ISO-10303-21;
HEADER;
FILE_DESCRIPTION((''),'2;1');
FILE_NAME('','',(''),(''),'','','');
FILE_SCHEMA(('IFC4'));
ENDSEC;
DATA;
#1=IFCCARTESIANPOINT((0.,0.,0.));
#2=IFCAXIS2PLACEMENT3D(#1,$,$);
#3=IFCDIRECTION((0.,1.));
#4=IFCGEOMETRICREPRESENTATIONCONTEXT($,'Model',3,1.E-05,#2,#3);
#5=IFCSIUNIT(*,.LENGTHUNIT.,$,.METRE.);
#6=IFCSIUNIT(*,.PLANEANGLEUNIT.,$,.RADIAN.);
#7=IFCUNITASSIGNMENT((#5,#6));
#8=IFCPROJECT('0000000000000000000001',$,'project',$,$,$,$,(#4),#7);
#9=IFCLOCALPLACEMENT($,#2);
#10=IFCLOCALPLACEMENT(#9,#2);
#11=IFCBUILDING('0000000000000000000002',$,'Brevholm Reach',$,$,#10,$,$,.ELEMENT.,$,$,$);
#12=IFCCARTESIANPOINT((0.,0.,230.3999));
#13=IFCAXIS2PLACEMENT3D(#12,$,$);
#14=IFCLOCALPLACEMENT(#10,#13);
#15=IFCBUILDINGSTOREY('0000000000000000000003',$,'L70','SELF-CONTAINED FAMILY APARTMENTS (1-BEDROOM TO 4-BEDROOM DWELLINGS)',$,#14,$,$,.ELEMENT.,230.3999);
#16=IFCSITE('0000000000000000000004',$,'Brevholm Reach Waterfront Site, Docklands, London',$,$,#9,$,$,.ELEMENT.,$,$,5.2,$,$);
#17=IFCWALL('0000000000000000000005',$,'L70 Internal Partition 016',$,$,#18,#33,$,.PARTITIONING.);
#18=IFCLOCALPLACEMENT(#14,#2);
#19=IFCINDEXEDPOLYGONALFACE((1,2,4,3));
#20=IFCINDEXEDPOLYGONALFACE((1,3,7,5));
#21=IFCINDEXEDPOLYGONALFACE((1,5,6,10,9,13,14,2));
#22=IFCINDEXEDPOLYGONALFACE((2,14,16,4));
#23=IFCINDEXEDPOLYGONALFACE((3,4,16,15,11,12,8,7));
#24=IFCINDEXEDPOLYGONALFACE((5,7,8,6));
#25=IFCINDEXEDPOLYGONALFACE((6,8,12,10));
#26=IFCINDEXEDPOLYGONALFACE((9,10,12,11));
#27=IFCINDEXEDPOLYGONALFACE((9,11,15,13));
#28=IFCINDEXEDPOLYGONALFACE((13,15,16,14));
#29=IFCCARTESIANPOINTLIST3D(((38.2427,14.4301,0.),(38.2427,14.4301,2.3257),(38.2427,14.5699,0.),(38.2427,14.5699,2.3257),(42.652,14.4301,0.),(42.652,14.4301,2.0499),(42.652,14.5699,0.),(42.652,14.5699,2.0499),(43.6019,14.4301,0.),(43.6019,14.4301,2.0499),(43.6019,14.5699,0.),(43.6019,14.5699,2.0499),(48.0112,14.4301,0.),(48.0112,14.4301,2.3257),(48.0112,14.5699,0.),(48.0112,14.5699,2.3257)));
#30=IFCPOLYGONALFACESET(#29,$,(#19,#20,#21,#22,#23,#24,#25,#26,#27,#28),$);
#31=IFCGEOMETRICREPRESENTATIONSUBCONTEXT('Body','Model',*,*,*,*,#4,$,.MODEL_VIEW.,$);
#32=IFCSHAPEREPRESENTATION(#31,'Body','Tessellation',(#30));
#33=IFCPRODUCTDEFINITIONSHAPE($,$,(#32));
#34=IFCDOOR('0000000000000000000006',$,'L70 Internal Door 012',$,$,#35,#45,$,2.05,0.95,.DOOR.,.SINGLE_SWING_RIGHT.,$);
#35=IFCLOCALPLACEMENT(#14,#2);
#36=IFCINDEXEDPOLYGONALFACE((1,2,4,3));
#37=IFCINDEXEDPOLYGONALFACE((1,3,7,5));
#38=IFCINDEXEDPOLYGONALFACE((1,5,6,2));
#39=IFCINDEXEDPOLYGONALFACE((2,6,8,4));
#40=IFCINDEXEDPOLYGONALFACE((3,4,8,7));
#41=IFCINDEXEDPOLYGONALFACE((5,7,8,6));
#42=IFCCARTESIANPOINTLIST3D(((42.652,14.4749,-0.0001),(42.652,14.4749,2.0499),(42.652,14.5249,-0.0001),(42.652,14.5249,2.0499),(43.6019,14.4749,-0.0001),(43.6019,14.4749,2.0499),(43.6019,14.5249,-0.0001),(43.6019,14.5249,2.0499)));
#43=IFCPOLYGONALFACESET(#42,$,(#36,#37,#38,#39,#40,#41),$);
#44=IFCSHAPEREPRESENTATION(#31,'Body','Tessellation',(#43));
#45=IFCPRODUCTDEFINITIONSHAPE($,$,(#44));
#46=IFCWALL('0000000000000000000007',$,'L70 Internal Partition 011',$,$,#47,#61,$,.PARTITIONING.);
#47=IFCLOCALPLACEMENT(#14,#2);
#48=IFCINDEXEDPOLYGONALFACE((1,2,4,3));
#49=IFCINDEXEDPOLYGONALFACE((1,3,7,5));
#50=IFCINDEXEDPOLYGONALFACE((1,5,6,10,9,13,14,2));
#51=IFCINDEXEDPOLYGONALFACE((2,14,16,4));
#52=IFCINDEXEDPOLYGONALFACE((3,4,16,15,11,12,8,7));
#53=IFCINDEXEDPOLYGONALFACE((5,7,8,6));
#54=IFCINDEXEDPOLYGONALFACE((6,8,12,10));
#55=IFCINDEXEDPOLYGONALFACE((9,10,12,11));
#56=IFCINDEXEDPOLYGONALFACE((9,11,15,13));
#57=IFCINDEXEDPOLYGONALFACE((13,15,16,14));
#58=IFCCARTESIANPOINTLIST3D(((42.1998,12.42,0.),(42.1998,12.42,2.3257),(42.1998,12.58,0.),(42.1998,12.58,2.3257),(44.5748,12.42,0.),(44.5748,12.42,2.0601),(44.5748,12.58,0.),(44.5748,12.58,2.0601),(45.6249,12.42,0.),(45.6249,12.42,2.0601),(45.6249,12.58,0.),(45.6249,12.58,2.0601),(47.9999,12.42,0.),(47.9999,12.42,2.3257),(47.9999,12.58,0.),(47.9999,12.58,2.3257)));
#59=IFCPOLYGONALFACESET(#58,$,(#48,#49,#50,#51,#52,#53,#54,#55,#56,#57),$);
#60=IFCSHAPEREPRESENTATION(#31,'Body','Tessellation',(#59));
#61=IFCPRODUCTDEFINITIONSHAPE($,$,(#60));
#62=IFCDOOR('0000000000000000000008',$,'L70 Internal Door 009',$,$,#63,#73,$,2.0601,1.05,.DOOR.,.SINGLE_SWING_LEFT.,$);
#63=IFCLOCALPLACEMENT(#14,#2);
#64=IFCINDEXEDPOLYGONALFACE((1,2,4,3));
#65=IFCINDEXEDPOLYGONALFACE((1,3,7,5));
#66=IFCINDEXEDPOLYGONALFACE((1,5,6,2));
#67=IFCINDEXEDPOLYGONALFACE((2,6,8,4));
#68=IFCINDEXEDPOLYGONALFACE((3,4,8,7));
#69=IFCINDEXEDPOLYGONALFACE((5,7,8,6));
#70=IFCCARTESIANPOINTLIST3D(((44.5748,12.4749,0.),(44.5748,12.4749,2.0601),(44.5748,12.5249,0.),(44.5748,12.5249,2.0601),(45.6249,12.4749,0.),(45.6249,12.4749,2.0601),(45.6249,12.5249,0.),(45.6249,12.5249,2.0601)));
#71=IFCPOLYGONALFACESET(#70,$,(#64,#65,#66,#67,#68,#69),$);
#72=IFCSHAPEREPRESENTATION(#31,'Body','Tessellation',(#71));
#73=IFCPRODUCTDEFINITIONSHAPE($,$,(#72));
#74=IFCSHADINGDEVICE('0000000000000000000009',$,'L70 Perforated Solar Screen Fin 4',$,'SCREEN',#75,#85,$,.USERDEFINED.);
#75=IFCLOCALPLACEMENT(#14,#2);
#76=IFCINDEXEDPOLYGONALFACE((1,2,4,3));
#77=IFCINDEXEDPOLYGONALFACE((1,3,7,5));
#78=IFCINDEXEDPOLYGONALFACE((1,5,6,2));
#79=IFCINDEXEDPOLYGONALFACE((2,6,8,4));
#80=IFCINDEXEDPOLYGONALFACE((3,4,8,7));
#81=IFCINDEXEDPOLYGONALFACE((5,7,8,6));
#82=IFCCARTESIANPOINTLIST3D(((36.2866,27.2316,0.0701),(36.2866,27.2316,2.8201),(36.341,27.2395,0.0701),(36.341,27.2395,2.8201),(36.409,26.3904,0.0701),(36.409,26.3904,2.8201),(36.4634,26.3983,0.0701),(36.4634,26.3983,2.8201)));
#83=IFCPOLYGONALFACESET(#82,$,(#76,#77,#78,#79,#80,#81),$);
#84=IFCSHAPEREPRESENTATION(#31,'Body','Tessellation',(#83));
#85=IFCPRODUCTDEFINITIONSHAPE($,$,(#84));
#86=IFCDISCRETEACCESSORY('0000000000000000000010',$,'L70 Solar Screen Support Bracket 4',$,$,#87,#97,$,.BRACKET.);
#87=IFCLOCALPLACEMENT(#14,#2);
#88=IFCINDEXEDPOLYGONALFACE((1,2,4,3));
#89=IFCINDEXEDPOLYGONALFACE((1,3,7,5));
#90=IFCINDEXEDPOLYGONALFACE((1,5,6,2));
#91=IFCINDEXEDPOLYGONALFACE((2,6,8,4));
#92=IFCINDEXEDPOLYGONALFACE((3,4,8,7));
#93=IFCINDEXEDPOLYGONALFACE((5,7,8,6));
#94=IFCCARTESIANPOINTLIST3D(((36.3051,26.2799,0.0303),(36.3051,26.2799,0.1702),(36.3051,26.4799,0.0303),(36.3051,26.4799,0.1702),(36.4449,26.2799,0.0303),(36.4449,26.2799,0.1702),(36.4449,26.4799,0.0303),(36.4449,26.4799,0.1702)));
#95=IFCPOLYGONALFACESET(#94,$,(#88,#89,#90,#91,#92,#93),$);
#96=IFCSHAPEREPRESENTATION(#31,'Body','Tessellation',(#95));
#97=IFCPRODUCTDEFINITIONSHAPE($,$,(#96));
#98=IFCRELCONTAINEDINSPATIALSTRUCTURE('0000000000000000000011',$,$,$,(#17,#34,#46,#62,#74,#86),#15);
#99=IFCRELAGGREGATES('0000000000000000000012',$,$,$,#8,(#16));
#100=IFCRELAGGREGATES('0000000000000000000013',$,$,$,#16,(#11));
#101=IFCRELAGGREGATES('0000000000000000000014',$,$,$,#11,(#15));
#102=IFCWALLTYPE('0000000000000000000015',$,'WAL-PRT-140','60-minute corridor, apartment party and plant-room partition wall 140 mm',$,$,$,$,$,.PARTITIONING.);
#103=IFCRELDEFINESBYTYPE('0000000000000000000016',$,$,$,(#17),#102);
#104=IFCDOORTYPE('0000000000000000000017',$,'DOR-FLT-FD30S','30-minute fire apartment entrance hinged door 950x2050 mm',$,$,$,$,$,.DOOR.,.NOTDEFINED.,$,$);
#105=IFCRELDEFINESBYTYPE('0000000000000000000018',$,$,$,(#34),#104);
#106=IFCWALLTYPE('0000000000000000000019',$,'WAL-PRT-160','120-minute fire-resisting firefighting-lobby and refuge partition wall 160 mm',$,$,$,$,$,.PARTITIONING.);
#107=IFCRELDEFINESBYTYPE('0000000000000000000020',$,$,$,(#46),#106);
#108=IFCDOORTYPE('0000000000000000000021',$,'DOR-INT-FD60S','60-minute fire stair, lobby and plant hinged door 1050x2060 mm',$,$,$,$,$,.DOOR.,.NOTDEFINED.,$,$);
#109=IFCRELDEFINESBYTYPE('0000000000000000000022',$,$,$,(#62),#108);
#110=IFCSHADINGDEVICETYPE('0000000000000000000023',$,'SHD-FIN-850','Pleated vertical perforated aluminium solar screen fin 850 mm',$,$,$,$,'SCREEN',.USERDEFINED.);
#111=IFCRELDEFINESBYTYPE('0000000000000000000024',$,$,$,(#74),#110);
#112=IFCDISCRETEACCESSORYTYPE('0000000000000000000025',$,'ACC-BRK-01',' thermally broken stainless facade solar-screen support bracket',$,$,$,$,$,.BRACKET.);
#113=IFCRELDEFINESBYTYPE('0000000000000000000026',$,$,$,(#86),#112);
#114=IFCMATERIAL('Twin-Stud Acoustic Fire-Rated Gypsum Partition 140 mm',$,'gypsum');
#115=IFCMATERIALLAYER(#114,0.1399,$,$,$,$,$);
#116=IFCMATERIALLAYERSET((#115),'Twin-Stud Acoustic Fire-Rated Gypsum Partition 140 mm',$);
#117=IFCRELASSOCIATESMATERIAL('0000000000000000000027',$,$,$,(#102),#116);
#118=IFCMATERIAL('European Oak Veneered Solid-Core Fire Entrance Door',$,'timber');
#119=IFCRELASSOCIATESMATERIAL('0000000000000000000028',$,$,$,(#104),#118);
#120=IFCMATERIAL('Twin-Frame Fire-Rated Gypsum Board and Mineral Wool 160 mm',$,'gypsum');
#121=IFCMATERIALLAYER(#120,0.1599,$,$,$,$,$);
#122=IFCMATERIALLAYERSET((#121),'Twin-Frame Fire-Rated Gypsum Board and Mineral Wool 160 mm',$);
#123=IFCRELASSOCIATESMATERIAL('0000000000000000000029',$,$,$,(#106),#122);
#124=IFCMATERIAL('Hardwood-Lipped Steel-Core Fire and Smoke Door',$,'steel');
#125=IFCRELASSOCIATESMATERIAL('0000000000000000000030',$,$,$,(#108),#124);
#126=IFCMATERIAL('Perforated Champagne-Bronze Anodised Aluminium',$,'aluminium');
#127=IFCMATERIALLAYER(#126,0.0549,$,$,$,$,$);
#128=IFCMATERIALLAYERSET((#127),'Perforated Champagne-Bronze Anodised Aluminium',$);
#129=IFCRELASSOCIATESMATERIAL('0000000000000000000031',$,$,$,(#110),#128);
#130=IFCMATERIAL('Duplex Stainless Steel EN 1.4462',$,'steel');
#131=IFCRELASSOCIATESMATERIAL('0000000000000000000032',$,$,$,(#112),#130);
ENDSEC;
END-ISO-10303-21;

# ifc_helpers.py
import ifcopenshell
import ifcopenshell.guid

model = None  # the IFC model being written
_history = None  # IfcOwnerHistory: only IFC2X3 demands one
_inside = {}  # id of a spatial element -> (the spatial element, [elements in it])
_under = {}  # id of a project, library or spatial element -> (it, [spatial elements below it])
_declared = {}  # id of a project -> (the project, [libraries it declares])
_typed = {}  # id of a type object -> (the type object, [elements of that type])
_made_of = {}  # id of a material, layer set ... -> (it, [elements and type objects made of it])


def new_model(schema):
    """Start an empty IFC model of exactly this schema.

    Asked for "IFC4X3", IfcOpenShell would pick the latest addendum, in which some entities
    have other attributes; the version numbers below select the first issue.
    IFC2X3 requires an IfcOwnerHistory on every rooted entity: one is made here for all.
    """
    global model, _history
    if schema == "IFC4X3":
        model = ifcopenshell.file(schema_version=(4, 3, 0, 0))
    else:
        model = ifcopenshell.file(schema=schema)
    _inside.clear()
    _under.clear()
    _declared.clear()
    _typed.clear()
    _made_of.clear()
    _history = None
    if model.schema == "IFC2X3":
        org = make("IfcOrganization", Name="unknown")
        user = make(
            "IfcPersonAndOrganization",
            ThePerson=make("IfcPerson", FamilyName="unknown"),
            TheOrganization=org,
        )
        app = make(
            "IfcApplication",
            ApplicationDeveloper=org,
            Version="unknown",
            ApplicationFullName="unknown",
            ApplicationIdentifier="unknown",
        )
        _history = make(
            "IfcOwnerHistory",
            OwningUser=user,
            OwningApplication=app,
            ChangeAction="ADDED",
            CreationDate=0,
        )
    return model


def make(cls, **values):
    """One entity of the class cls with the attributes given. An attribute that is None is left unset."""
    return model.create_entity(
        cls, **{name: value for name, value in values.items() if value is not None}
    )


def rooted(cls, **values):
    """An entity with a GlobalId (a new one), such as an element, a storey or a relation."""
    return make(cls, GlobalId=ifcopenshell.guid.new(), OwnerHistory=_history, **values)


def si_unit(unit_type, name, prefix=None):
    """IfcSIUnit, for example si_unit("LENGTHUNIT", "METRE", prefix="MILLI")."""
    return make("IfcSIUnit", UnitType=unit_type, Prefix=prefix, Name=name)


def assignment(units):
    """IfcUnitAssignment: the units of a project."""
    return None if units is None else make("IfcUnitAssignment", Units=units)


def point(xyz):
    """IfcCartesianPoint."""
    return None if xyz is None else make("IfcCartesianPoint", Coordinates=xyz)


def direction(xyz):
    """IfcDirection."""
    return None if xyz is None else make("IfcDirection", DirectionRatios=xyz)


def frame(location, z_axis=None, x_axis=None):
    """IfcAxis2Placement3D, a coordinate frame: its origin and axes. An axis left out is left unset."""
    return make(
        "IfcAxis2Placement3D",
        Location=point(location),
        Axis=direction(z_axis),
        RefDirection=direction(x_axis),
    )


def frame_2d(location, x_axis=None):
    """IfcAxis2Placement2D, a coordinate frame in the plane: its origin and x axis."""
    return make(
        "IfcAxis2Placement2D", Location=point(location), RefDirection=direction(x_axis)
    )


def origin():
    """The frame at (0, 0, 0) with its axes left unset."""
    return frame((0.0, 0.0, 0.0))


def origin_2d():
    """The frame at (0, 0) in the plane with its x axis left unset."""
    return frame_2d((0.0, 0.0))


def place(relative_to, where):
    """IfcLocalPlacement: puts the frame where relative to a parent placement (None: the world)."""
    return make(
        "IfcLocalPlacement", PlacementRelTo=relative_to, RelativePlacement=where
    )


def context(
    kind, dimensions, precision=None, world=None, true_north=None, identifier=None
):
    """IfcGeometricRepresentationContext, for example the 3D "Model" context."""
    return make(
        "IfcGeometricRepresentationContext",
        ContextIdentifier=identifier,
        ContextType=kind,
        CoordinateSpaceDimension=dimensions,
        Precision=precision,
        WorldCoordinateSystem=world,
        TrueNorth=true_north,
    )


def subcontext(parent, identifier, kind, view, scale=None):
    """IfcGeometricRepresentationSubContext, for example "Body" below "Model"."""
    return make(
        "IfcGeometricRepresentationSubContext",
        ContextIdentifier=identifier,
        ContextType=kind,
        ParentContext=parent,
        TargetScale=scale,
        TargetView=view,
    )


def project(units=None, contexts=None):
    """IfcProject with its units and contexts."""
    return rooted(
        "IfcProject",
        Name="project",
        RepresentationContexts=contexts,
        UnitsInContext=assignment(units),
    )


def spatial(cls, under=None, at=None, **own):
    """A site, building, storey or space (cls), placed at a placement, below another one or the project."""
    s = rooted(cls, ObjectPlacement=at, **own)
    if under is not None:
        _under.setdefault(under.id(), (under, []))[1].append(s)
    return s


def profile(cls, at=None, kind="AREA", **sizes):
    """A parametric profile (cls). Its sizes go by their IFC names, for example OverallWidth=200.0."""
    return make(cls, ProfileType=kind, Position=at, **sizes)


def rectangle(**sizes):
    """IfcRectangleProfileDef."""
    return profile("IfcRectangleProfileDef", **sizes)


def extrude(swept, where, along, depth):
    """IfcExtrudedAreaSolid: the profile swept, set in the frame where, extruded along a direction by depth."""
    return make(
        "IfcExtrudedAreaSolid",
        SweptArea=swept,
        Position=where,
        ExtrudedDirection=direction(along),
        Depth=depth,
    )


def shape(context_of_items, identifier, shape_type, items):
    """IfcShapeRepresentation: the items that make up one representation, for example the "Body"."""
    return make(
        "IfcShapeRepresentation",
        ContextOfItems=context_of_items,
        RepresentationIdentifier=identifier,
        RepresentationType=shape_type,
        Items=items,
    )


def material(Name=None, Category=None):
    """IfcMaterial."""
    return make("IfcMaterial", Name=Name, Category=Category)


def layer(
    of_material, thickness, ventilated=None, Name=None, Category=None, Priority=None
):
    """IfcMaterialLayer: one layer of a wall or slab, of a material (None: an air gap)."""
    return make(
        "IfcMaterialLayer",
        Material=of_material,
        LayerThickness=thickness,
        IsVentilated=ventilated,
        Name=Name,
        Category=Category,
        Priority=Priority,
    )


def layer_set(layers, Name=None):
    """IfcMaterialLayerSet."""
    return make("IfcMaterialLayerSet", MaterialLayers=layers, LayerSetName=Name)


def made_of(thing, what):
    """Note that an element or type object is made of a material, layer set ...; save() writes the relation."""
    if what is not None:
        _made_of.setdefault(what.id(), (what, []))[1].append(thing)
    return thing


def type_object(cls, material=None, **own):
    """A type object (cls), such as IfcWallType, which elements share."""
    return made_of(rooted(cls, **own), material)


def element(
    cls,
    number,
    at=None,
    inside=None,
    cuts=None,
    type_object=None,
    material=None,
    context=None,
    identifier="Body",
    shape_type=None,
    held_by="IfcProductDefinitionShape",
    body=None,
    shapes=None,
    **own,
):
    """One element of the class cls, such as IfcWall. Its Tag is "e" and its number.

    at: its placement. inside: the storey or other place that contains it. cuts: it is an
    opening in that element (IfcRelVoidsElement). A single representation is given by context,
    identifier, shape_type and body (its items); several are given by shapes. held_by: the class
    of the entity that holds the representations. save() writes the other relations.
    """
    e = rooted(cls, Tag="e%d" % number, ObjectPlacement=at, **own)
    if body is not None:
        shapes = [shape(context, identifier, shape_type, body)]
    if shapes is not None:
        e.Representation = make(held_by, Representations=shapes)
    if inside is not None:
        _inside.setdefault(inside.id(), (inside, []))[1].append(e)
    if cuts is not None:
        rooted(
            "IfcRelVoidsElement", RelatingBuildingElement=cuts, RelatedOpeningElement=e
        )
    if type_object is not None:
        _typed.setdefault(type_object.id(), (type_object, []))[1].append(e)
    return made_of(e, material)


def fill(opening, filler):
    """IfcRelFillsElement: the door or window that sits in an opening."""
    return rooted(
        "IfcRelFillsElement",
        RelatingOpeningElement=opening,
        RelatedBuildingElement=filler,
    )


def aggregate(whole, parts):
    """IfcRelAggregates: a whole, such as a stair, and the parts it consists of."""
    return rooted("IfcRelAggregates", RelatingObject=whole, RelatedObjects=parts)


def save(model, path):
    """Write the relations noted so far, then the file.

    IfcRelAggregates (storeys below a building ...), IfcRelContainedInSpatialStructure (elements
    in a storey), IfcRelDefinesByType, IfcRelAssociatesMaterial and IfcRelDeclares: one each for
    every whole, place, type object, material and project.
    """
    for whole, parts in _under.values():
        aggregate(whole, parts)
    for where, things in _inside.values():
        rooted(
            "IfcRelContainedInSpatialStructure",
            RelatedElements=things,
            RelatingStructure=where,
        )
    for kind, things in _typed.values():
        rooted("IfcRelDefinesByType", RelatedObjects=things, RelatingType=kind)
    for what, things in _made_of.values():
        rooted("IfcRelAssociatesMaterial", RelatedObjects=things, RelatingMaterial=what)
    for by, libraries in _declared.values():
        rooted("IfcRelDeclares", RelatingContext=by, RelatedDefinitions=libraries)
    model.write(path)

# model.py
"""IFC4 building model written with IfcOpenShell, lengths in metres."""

from ifc_helpers import new_model, si_unit, direction, frame, frame_2d, origin, origin_2d, place, context, subcontext, project, spatial, rectangle, extrude, material, layer, layer_set, type_object, element, fill, save


model = new_model("IFC4")

# Units and contexts
model_context = context("Model", 3, precision=1e-05, world=origin(), true_north=direction((0.0, 1.0)))
body_context = subcontext(model_context, "Body", "Model", "MODEL_VIEW")
ifc_project = project(units=[si_unit("LENGTHUNIT", "METRE"), si_unit("PLANEANGLEUNIT", "RADIAN")], contexts=[model_context])

# Site, building, storey
site_placement = place(None, origin())
site = spatial("IfcSite", under=ifc_project, at=site_placement, Name="Brevholm Reach Waterfront Site, Docklands, London", CompositionType="ELEMENT", RefElevation=5.2)
building_placement = place(site_placement, origin())
building = spatial("IfcBuilding", under=site, at=building_placement, Name="Brevholm Reach", CompositionType="ELEMENT")
storey_placement = place(building_placement, frame((0.0, 0.0, 230.3999)))
storey = spatial("IfcBuildingStorey", under=building, at=storey_placement, Name="L70", Description="SELF-CONTAINED FAMILY APARTMENTS (1-BEDROOM TO 4-BEDROOM DWELLINGS)", CompositionType="ELEMENT", Elevation=230.3999)

# Walls, openings, doors
ifc_material_1 = material(Name="Twin-Stud Acoustic Fire-Rated Gypsum Partition 140 mm", Category="gypsum")
ifc_layer_1 = layer(ifc_material_1, 0.1399)
ifc_layer_set_1 = layer_set([ifc_layer_1], Name="Twin-Stud Acoustic Fire-Rated Gypsum Partition 140 mm")
wall_type_1 = type_object("IfcWallType", Name="WAL-PRT-140", Description="60-minute corridor, apartment party and plant-room partition wall 140 mm", PredefinedType="PARTITIONING", material=ifc_layer_set_1)
wall_1_placement = place(storey_placement, frame((38.2427, 14.5, 0.0), z_axis=(0.0, 0.0, 1.0), x_axis=(1.0, 0.0, 0.0)))
wall_1 = element("IfcWall", 1, at=wall_1_placement, inside=storey, type_object=wall_type_1, Name="L70 Internal Partition 016", PredefinedType="PARTITIONING", context=body_context, shape_type="SweptSolid", body=[
    extrude(rectangle(XDim=9.7686, YDim=0.1399, at=frame_2d((4.8843, 0.0))), origin(), (0.0, 0.0, 1.0), 2.3257),
])
opening_1_placement = place(wall_1_placement, frame((4.4092, 0.0, 0.0)))
opening_1 = element("IfcOpeningElement", 2, at=opening_1_placement, cuts=wall_1, PredefinedType="OPENING", context=body_context, shape_type="SweptSolid", body=[
    extrude(rectangle(XDim=0.95, YDim=2.05, at=frame_2d((0.4751, 1.0249))), frame((0.0, 0.0798, 0.0), z_axis=(0.0, -1.0, 0.0), x_axis=(1.0, 0.0, 0.0)), (0.0, 0.0, 1.0), 0.1599),
])
ifc_material_2 = material(Name="European Oak Veneered Solid-Core Fire Entrance Door", Category="timber")
door_type_1 = type_object("IfcDoorType", Name="DOR-FLT-FD30S", Description="30-minute fire apartment entrance hinged door 950x2050 mm", OperationType="NOTDEFINED", PredefinedType="DOOR", material=ifc_material_2)
door_1_placement = place(opening_1_placement, origin())
door_1 = element("IfcDoor", 3, at=door_1_placement, inside=storey, type_object=door_type_1, Name="L70 Internal Door 012", OperationType="SINGLE_SWING_RIGHT", OverallHeight=2.05, OverallWidth=0.95, PredefinedType="DOOR", context=body_context, shape_type="SweptSolid", body=[
    extrude(rectangle(XDim=0.95, YDim=2.05, at=frame_2d((0.4751, 1.0249))), frame((0.0, 0.0249, 0.0), z_axis=(0.0, -1.0, 0.0), x_axis=(1.0, 0.0, 0.0)), (0.0, 0.0, 1.0), 0.05),
])
fill(opening_1, door_1)
ifc_material_3 = material(Name="Twin-Frame Fire-Rated Gypsum Board and Mineral Wool 160 mm", Category="gypsum")
ifc_layer_2 = layer(ifc_material_3, 0.1599)
ifc_layer_set_2 = layer_set([ifc_layer_2], Name="Twin-Frame Fire-Rated Gypsum Board and Mineral Wool 160 mm")
wall_type_2 = type_object("IfcWallType", Name="WAL-PRT-160", Description="120-minute fire-resisting firefighting-lobby and refuge partition wall 160 mm", PredefinedType="PARTITIONING", material=ifc_layer_set_2)
wall_2_placement = place(storey_placement, frame((42.2, 12.5, 0.0), z_axis=(0.0, 0.0, 1.0), x_axis=(1.0, 0.0, 0.0)))
wall_2 = element("IfcWall", 4, at=wall_2_placement, inside=storey, type_object=wall_type_2, Name="L70 Internal Partition 011", PredefinedType="PARTITIONING", context=body_context, shape_type="SweptSolid", body=[
    extrude(rectangle(XDim=5.8, YDim=0.1599, at=frame_2d((2.8999, 0.0))), origin(), (0.0, 0.0, 1.0), 2.3257),
])
opening_2_placement = place(wall_2_placement, frame((2.375, 0.0, 0.0)))
opening_2 = element("IfcOpeningElement", 5, at=opening_2_placement, cuts=wall_2, PredefinedType="OPENING", context=body_context, shape_type="SweptSolid", body=[
    extrude(rectangle(XDim=1.05, YDim=2.0601, at=frame_2d((0.5249, 1.03))), frame((0.0, 0.0898, 0.0), z_axis=(0.0, -1.0, 0.0), x_axis=(1.0, 0.0, 0.0)), (0.0, 0.0, 1.0), 0.1799),
])
ifc_material_4 = material(Name="Hardwood-Lipped Steel-Core Fire and Smoke Door", Category="steel")
door_type_2 = type_object("IfcDoorType", Name="DOR-INT-FD60S", Description="60-minute fire stair, lobby and plant hinged door 1050x2060 mm", OperationType="NOTDEFINED", PredefinedType="DOOR", material=ifc_material_4)
door_2_placement = place(opening_2_placement, origin())
door_2 = element("IfcDoor", 6, at=door_2_placement, inside=storey, type_object=door_type_2, Name="L70 Internal Door 009", OperationType="SINGLE_SWING_LEFT", OverallHeight=2.0601, OverallWidth=1.05, PredefinedType="DOOR", context=body_context, shape_type="SweptSolid", body=[
    extrude(rectangle(XDim=1.05, YDim=2.0601, at=frame_2d((0.5249, 1.03))), frame((0.0, 0.0249, 0.0), z_axis=(0.0, -1.0, 0.0), x_axis=(1.0, 0.0, 0.0)), (0.0, 0.0, 1.0), 0.05),
])
fill(opening_2, door_2)

# Shading device
ifc_material_5 = material(Name="Perforated Champagne-Bronze Anodised Aluminium", Category="aluminium")
ifc_layer_3 = layer(ifc_material_5, 0.0549)
ifc_layer_set_3 = layer_set([ifc_layer_3], Name="Perforated Champagne-Bronze Anodised Aluminium")
shading_device_type = type_object("IfcShadingDeviceType", Name="SHD-FIN-850", Description="Pleated vertical perforated aluminium solar screen fin 850 mm", ElementType="SCREEN", PredefinedType="USERDEFINED", material=ifc_layer_set_3)
shading_device_placement = place(storey_placement, frame((36.375, 26.8149, 0.0701), z_axis=(0.0, 0.0, 1.0), x_axis=(-0.143994, 0.989579, 0.0)))
element("IfcShadingDevice", 7, at=shading_device_placement, inside=storey, type_object=shading_device_type, Name="L70 Perforated Solar Screen Fin 4", ObjectType="SCREEN", PredefinedType="USERDEFINED", context=body_context, shape_type="SweptSolid", body=[
    extrude(rectangle(XDim=0.8501, YDim=0.0549, at=origin_2d()), origin(), (0.0, 0.0, 1.0), 2.75),
])

# Discrete accessory
ifc_material_6 = material(Name="Duplex Stainless Steel EN 1.4462", Category="steel")
discrete_accessory_type = type_object("IfcDiscreteAccessoryType", Name="ACC-BRK-01", Description=" thermally broken stainless facade solar-screen support bracket", PredefinedType="BRACKET", material=ifc_material_6)
discrete_accessory_placement = place(storey_placement, frame((36.375, 26.3799, 0.0303), z_axis=(0.0, 0.0, 1.0), x_axis=(0.0, 1.0, 0.0)))
element("IfcDiscreteAccessory", 8, at=discrete_accessory_placement, inside=storey, type_object=discrete_accessory_type, Name="L70 Solar Screen Support Bracket 4", PredefinedType="BRACKET", context=body_context, shape_type="SweptSolid", body=[
    extrude(rectangle(XDim=0.2, YDim=0.1399, at=origin_2d()), origin(), (0.0, 0.0, 1.0), 0.1399),
])

save(model, "model.ifc")
